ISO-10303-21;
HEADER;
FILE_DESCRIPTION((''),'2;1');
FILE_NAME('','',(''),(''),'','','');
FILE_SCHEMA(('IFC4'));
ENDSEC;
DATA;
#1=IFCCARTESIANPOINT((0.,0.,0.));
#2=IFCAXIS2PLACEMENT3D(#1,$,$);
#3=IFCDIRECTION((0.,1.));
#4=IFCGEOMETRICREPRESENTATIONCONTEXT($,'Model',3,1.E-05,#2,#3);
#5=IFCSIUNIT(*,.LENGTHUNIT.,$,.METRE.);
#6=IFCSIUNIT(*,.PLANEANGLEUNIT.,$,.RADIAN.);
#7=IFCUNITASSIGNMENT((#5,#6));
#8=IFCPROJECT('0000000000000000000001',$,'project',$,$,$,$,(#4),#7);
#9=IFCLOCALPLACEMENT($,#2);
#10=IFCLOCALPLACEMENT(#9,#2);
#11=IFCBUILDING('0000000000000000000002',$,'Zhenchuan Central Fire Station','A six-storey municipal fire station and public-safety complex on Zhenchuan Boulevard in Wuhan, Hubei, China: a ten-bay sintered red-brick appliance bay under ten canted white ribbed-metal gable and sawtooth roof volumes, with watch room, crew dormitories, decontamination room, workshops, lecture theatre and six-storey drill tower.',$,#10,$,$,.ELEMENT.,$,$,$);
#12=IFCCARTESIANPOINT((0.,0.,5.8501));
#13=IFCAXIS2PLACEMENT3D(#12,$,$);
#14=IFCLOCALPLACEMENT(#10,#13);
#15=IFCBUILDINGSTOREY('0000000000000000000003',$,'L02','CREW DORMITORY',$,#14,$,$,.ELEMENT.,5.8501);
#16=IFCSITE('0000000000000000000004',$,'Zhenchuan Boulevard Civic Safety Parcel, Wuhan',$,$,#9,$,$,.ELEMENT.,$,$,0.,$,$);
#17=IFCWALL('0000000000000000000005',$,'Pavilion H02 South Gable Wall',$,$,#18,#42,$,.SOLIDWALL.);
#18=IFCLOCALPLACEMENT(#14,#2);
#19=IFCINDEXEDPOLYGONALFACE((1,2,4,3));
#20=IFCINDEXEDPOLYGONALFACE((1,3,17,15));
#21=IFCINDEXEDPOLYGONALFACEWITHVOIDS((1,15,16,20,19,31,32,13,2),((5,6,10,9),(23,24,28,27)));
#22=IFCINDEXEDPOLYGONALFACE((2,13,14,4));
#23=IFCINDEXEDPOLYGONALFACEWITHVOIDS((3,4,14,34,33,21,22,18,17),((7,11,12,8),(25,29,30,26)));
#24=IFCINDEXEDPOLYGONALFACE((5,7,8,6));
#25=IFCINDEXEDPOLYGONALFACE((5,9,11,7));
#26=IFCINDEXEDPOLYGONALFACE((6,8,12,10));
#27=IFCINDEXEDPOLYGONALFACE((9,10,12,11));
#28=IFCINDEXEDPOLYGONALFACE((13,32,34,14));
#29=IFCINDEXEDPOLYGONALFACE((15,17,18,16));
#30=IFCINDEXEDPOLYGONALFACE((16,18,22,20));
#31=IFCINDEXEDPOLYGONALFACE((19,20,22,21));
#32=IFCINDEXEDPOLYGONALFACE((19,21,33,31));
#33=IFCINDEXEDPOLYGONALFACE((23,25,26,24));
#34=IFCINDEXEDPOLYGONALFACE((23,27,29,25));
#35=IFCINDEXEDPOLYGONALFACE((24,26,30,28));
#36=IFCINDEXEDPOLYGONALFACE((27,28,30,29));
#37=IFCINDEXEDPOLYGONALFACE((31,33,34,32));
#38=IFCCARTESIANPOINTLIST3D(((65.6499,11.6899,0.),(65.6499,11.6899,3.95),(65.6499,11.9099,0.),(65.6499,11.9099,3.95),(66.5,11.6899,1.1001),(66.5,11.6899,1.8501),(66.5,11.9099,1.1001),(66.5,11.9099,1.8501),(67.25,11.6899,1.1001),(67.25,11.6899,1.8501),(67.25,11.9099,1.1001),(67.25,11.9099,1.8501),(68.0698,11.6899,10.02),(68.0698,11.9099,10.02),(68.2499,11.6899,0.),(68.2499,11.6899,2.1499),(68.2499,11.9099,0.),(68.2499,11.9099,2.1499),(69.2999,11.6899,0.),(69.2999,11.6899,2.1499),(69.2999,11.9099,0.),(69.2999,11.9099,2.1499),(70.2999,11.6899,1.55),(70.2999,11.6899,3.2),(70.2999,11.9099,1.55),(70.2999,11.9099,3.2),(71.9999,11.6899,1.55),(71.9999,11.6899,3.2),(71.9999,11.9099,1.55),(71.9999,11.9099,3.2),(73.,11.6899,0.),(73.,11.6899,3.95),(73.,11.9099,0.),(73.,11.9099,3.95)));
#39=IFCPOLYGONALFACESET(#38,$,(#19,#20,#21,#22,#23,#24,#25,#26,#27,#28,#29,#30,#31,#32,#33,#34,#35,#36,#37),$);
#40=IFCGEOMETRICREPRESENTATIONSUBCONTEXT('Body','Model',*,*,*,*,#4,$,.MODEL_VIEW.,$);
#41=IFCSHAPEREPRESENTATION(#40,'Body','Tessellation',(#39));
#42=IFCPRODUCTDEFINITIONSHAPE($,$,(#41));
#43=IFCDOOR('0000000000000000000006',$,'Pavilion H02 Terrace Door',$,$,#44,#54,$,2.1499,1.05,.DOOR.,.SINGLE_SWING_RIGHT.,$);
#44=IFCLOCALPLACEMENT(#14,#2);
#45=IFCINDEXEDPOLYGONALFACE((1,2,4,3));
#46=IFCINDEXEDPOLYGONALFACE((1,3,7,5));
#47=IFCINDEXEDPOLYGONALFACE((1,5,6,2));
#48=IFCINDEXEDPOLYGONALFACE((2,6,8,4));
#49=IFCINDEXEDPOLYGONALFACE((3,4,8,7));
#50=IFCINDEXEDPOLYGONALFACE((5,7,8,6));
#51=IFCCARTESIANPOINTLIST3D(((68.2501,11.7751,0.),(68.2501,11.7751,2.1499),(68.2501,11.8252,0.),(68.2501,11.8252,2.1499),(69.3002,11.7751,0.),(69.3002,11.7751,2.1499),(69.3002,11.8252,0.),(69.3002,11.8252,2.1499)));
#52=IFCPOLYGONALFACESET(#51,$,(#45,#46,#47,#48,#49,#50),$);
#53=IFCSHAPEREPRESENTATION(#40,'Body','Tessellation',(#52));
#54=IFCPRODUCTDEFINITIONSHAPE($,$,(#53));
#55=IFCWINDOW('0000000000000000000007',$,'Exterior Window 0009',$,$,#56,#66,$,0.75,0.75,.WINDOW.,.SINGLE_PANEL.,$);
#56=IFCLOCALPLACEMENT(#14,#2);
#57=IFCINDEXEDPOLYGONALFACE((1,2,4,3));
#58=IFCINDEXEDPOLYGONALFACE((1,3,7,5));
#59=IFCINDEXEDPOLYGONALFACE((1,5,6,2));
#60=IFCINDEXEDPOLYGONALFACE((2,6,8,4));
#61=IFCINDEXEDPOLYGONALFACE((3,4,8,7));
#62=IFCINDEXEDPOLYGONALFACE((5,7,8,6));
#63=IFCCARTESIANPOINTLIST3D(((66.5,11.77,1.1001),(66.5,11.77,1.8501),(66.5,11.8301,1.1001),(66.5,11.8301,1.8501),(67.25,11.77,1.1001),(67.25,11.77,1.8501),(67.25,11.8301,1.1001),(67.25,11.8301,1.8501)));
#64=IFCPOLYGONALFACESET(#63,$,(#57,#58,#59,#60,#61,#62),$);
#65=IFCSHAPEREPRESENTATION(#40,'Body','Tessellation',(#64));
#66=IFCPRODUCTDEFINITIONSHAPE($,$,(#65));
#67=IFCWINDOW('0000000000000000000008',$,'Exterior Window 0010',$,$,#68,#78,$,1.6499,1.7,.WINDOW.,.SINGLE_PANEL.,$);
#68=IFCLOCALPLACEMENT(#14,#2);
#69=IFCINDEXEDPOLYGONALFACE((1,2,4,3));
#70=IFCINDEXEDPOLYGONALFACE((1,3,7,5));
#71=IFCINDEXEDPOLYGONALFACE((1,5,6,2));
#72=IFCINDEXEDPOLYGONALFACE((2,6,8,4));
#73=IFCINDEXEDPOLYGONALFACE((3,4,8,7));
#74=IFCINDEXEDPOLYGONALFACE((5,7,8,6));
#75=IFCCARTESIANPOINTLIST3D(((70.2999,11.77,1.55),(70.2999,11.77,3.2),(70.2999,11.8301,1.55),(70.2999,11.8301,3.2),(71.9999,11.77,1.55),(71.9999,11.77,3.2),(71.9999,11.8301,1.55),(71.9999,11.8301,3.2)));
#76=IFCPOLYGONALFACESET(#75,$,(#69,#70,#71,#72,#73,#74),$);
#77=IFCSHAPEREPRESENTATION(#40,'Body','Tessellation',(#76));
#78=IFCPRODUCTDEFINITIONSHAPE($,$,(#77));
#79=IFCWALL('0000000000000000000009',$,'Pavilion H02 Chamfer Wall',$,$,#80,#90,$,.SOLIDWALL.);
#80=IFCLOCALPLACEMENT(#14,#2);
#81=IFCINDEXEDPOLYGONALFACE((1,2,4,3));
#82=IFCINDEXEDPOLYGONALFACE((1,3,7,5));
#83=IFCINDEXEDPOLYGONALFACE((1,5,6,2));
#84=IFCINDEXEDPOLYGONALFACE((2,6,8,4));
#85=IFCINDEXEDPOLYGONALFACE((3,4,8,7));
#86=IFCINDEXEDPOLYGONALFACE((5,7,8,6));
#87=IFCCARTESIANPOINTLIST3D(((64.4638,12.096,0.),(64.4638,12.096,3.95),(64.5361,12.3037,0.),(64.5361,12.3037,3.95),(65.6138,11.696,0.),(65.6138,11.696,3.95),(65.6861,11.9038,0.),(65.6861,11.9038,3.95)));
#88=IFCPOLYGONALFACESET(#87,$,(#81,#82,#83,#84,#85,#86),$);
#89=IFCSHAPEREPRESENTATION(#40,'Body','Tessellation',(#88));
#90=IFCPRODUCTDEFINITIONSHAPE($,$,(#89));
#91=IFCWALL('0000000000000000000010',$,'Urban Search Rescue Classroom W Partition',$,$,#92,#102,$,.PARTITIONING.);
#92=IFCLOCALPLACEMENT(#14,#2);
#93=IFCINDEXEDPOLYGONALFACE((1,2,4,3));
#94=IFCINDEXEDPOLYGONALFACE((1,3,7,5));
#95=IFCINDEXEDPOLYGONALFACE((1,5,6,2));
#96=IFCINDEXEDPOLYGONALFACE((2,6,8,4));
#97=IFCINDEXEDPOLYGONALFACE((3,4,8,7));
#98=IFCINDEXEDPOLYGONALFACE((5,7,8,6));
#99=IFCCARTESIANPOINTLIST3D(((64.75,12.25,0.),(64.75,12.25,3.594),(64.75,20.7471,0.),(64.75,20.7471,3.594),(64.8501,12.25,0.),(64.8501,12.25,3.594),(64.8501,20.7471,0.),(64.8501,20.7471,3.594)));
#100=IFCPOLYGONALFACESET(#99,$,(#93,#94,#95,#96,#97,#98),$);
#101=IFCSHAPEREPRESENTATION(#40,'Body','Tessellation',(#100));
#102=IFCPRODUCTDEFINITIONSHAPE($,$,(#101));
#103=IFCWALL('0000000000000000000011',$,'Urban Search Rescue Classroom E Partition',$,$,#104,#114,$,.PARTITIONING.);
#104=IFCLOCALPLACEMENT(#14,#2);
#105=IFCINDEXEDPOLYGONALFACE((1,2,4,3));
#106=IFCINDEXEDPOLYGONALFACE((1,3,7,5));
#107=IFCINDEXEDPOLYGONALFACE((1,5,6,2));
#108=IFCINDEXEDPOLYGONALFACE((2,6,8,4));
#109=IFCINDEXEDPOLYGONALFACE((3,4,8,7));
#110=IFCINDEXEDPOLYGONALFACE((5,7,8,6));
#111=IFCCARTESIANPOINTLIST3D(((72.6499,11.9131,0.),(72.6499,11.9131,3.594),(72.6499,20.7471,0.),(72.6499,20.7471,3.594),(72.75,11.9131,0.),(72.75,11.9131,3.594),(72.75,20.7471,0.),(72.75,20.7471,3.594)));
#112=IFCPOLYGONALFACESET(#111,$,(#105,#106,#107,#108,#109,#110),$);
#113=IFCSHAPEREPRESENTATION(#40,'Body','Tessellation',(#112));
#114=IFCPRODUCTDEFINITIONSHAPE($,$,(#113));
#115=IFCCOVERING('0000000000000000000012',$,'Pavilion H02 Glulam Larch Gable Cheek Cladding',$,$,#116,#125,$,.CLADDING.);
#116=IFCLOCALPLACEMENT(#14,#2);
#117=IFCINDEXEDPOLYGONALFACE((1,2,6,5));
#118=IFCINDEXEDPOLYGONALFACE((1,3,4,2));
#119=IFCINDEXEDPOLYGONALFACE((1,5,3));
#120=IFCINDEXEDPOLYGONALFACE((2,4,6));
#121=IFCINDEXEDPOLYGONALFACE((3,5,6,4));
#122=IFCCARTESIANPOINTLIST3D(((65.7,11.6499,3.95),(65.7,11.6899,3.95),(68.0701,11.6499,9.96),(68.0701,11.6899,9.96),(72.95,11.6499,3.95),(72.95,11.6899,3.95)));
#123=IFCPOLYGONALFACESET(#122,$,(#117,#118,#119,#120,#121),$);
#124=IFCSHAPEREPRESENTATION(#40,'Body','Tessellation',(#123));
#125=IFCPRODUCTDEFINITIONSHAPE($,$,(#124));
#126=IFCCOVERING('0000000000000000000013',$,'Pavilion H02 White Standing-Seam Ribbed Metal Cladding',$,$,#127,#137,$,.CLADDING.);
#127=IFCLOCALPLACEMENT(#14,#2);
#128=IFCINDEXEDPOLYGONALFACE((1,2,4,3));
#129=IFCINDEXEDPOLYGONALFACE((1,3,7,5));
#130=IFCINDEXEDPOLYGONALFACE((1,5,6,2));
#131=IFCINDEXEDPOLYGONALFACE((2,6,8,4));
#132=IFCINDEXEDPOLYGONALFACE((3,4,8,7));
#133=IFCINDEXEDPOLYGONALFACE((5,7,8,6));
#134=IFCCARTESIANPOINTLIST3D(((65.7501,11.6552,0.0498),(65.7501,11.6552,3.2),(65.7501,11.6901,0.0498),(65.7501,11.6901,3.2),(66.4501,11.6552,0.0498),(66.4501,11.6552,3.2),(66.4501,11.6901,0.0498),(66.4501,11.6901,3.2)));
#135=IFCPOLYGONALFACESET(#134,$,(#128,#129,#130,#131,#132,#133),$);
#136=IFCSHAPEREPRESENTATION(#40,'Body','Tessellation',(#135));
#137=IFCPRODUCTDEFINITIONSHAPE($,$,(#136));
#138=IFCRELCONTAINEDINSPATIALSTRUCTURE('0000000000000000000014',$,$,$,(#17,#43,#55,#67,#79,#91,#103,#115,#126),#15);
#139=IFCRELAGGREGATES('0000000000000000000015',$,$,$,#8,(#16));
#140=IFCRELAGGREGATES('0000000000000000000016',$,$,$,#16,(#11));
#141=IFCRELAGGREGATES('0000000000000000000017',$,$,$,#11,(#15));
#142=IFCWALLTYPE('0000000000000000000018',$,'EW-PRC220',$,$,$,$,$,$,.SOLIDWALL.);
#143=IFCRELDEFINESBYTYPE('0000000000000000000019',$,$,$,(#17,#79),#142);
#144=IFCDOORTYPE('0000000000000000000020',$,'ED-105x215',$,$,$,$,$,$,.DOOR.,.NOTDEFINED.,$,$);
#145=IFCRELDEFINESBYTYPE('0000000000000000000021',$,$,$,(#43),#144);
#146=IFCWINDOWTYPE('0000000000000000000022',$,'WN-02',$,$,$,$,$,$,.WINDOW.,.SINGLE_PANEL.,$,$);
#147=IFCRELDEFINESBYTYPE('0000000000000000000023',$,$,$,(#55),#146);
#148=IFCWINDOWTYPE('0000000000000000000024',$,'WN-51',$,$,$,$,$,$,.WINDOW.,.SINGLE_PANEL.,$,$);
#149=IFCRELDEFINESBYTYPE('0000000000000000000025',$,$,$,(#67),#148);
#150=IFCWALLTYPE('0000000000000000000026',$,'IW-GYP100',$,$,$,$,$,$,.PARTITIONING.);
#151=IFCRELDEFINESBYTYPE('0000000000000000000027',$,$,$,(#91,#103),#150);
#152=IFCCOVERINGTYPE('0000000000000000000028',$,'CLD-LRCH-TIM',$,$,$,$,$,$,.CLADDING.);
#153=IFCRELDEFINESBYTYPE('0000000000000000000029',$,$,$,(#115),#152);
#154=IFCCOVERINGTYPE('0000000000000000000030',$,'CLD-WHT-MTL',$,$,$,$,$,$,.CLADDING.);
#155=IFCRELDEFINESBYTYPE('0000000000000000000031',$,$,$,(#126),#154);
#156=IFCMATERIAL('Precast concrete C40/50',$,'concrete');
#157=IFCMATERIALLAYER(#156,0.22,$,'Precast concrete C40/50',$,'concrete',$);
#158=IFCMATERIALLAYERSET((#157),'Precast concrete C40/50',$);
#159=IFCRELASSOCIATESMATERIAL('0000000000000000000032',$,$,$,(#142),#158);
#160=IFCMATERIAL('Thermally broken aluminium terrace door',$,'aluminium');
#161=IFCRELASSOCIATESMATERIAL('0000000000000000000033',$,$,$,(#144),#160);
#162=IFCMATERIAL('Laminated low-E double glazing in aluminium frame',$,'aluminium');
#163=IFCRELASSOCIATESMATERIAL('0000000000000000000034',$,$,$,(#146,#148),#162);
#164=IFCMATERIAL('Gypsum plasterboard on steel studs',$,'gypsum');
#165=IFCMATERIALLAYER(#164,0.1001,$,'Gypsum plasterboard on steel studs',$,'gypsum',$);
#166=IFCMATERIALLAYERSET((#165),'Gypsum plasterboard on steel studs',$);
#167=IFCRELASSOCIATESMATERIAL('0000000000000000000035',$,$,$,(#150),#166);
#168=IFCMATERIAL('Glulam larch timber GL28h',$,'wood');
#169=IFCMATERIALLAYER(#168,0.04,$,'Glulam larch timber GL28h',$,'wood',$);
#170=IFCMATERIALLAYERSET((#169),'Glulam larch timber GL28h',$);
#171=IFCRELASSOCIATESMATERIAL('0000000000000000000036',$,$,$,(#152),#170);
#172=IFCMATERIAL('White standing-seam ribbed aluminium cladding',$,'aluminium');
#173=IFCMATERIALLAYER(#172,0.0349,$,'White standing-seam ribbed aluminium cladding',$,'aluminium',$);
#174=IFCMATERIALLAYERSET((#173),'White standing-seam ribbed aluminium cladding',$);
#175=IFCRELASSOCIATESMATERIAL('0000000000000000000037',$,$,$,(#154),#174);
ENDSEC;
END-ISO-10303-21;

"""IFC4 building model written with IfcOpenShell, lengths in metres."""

from ifc_helpers import new_model, si_unit, direction, frame, frame_2d, origin, place, context, subcontext, project, spatial, polyline, rectangle, outline, extrude, material, layer, layer_set, type_object, element, fill, save


model = new_model("IFC4")

# Units and contexts
model_context = context("Model", 3, precision=1e-05, world=origin(), true_north=direction((0.0, 1.0)))
body_context = subcontext(model_context, "Body", "Model", "MODEL_VIEW")
ifc_project = project(units=[si_unit("LENGTHUNIT", "METRE"), si_unit("PLANEANGLEUNIT", "RADIAN")], contexts=[model_context])

# Site, building, storey
site_placement = place(None, origin())
site = spatial("IfcSite", under=ifc_project, at=site_placement, Name="Zhenchuan Boulevard Civic Safety Parcel, Wuhan", CompositionType="ELEMENT", RefElevation=0.0)
building_placement = place(site_placement, origin())
building = spatial("IfcBuilding", under=site, at=building_placement, Name="Zhenchuan Central Fire Station", Description="A six-storey municipal fire station and public-safety complex on Zhenchuan Boulevard in Wuhan, Hubei, China: a ten-bay sintered red-brick appliance bay under ten canted white ribbed-metal gable and sawtooth roof volumes, with watch room, crew dormitories, decontamination room, workshops, lecture theatre and six-storey drill tower.", CompositionType="ELEMENT")
storey_placement = place(building_placement, frame((0.0, 0.0, 5.8501)))
storey = spatial("IfcBuildingStorey", under=building, at=storey_placement, Name="L02", Description="CREW DORMITORY", CompositionType="ELEMENT", Elevation=5.8501)

# Wall, openings, door, windows
ifc_material_1 = material(Name="Precast concrete C40/50", Category="concrete")
ifc_layer_1 = layer(ifc_material_1, 0.22, Name="Precast concrete C40/50", Category="concrete")
ifc_layer_set_1 = layer_set([ifc_layer_1], Name="Precast concrete C40/50")
wall_type_1 = type_object("IfcWallType", Name="EW-PRC220", PredefinedType="SOLIDWALL", material=ifc_layer_set_1)
wall_1_placement = place(storey_placement, frame((65.6499, 11.8, 0.0), z_axis=(0.0, 0.0, 1.0), x_axis=(1.0, 0.0, 0.0)))
wall_1 = element("IfcWall", 1, at=wall_1_placement, inside=storey, type_object=wall_type_1, Name="Pavilion H02 South Gable Wall", PredefinedType="SOLIDWALL", context=body_context, shape_type="SweptSolid", body=[
    extrude(outline(polyline([(0.0, 0.0), (7.3501, 0.0), (7.3501, 3.95), (2.4199, 10.02), (0.0, 3.95), (0.0, 0.0)])), frame((0.0, 0.1099, 0.0), z_axis=(0.0, -1.0, 0.0), x_axis=(1.0, 0.0, 0.0)), (0.0, 0.0, 1.0), 0.22),
])
opening_1_placement = place(wall_1_placement, frame((2.6001, 0.0, 0.0)))
opening_1 = element("IfcOpeningElement", 2, at=opening_1_placement, cuts=wall_1, PredefinedType="OPENING", context=body_context, shape_type="SweptSolid", body=[
    extrude(rectangle(XDim=1.05, YDim=2.1499, at=frame_2d((0.5249, 1.075))), frame((0.0, 0.1199, 0.0), z_axis=(0.0, -1.0, 0.0), x_axis=(1.0, 0.0, 0.0)), (0.0, 0.0, 1.0), 0.24),
])
opening_2_placement = place(wall_1_placement, frame((0.8501, 0.0, 1.1001)))
opening_2 = element("IfcOpeningElement", 3, at=opening_2_placement, cuts=wall_1, PredefinedType="OPENING", context=body_context, shape_type="SweptSolid", body=[
    extrude(rectangle(XDim=0.75, YDim=0.75, at=frame_2d((0.375, 0.375))), frame((0.0, 0.1199, 0.0), z_axis=(0.0, -1.0, 0.0), x_axis=(1.0, 0.0, 0.0)), (0.0, 0.0, 1.0), 0.24),
])
opening_3_placement = place(wall_1_placement, frame((4.6499, 0.0, 1.55)))
opening_3 = element("IfcOpeningElement", 4, at=opening_3_placement, cuts=wall_1, PredefinedType="OPENING", context=body_context, shape_type="SweptSolid", body=[
    extrude(rectangle(XDim=1.7, YDim=1.6499, at=frame_2d((0.8501, 0.825))), frame((0.0, 0.1199, 0.0), z_axis=(0.0, -1.0, 0.0), x_axis=(1.0, 0.0, 0.0)), (0.0, 0.0, 1.0), 0.24),
])
ifc_material_2 = material(Name="Thermally broken aluminium terrace door", Category="aluminium")
door_type = type_object("IfcDoorType", Name="ED-105x215", OperationType="NOTDEFINED", PredefinedType="DOOR", material=ifc_material_2)
door_placement = place(opening_1_placement, frame((1.05, 0.0, 0.0), z_axis=(0.0, 0.0, 1.0), x_axis=(-1.0, 0.0, 0.0)))
door = element("IfcDoor", 5, at=door_placement, inside=storey, type_object=door_type, Name="Pavilion H02 Terrace Door", OperationType="SINGLE_SWING_RIGHT", OverallHeight=2.1499, OverallWidth=1.05, PredefinedType="DOOR", context=body_context, shape_type="SweptSolid", body=[
    extrude(rectangle(XDim=1.05, YDim=2.1499, at=frame_2d((0.5249, 1.075))), frame((0.0, 0.0249, 0.0), z_axis=(0.0, -1.0, 0.0), x_axis=(1.0, 0.0, 0.0)), (0.0, 0.0, 1.0), 0.05),
])
fill(opening_1, door)
ifc_material_3 = material(Name="Laminated low-E double glazing in aluminium frame", Category="aluminium")
window_type_1 = type_object("IfcWindowType", Name="WN-02", PartitioningType="SINGLE_PANEL", PredefinedType="WINDOW", material=ifc_material_3)
window_1_placement = place(opening_2_placement, origin())
window_1 = element("IfcWindow", 6, at=window_1_placement, inside=storey, type_object=window_type_1, Name="Exterior Window 0009", OverallHeight=0.75, OverallWidth=0.75, PartitioningType="SINGLE_PANEL", PredefinedType="WINDOW", context=body_context, shape_type="SweptSolid", body=[
    extrude(rectangle(XDim=0.75, YDim=0.75, at=frame_2d((0.375, 0.375))), frame((0.0, 0.03, 0.0), z_axis=(0.0, -1.0, 0.0), x_axis=(1.0, 0.0, 0.0)), (0.0, 0.0, 1.0), 0.0601),
])
fill(opening_2, window_1)
window_type_2 = type_object("IfcWindowType", Name="WN-51", PartitioningType="SINGLE_PANEL", PredefinedType="WINDOW", material=ifc_material_3)
window_2_placement = place(opening_3_placement, origin())
window_2 = element("IfcWindow", 7, at=window_2_placement, inside=storey, type_object=window_type_2, Name="Exterior Window 0010", OverallHeight=1.6499, OverallWidth=1.7, PartitioningType="SINGLE_PANEL", PredefinedType="WINDOW", context=body_context, shape_type="SweptSolid", body=[
    extrude(rectangle(XDim=1.7, YDim=1.6499, at=frame_2d((0.8501, 0.825))), frame((0.0, 0.03, 0.0), z_axis=(0.0, -1.0, 0.0), x_axis=(1.0, 0.0, 0.0)), (0.0, 0.0, 1.0), 0.0601),
])
fill(opening_3, window_2)

# Walls
wall_2_placement = place(storey_placement, frame((64.5, 12.2, 0.0), z_axis=(0.0, 0.0, 1.0), x_axis=(0.944513, -0.328474, 0.0)))
element("IfcWall", 8, at=wall_2_placement, inside=storey, type_object=wall_type_1, Name="Pavilion H02 Chamfer Wall", PredefinedType="SOLIDWALL", context=body_context, shape_type="SweptSolid", body=[
    extrude(outline(polyline([(0.0, 0.0), (1.2175, 0.0), (1.2175, 3.95), (0.0, 3.95), (0.0, 0.0)])), frame((0.0, 0.1099, 0.0), z_axis=(0.0, -1.0, 0.0), x_axis=(1.0, 0.0, 0.0)), (0.0, 0.0, 1.0), 0.22),
])
ifc_material_4 = material(Name="Gypsum plasterboard on steel studs", Category="gypsum")
ifc_layer_2 = layer(ifc_material_4, 0.1001, Name="Gypsum plasterboard on steel studs", Category="gypsum")
ifc_layer_set_2 = layer_set([ifc_layer_2], Name="Gypsum plasterboard on steel studs")
wall_type_2 = type_object("IfcWallType", Name="IW-GYP100", PredefinedType="PARTITIONING", material=ifc_layer_set_2)
wall_3_placement = place(storey_placement, frame((64.8, 12.25, 0.0), z_axis=(0.0, 0.0, 1.0), x_axis=(0.0, 1.0, 0.0)))
element("IfcWall", 9, at=wall_3_placement, inside=storey, type_object=wall_type_2, Name="Urban Search Rescue Classroom W Partition", PredefinedType="PARTITIONING", context=body_context, shape_type="SweptSolid", body=[
    extrude(rectangle(XDim=8.4971, YDim=0.1001, at=frame_2d((4.2485, 0.0))), origin(), (0.0, 0.0, 1.0), 3.594),
])
wall_4_placement = place(storey_placement, frame((72.7, 11.9131, 0.0), z_axis=(0.0, 0.0, 1.0), x_axis=(0.0, 1.0, 0.0)))
element("IfcWall", 10, at=wall_4_placement, inside=storey, type_object=wall_type_2, Name="Urban Search Rescue Classroom E Partition", PredefinedType="PARTITIONING", context=body_context, shape_type="SweptSolid", body=[
    extrude(rectangle(XDim=8.834, YDim=0.1001, at=frame_2d((4.417, 0.0))), origin(), (0.0, 0.0, 1.0), 3.594),
])

# Coverings
ifc_material_5 = material(Name="Glulam larch timber GL28h", Category="wood")
ifc_layer_3 = layer(ifc_material_5, 0.04, Name="Glulam larch timber GL28h", Category="wood")
ifc_layer_set_3 = layer_set([ifc_layer_3], Name="Glulam larch timber GL28h")
covering_type_1 = type_object("IfcCoveringType", Name="CLD-LRCH-TIM", PredefinedType="CLADDING", material=ifc_layer_set_3)
covering_1_placement = place(storey_placement, frame((65.7, 11.6699, 3.95), z_axis=(0.0, 0.0, 1.0), x_axis=(1.0, 0.0, 0.0)))
element("IfcCovering", 11, at=covering_1_placement, inside=storey, type_object=covering_type_1, Name="Pavilion H02 Glulam Larch Gable Cheek Cladding", PredefinedType="CLADDING", context=body_context, shape_type="SweptSolid", body=[
    extrude(outline(polyline([(0.0, 0.0), (7.25, 0.0), (7.25, 0.0), (2.3701, 6.01), (0.0, 0.0), (0.0, 0.0)])), frame((0.0, 0.02, 0.0), z_axis=(0.0, -1.0, 0.0), x_axis=(1.0, 0.0, 0.0)), (0.0, 0.0, 1.0), 0.04),
])
ifc_material_6 = material(Name="White standing-seam ribbed aluminium cladding", Category="aluminium")
ifc_layer_4 = layer(ifc_material_6, 0.0349, Name="White standing-seam ribbed aluminium cladding", Category="aluminium")
ifc_layer_set_4 = layer_set([ifc_layer_4], Name="White standing-seam ribbed aluminium cladding")
covering_type_2 = type_object("IfcCoveringType", Name="CLD-WHT-MTL", PredefinedType="CLADDING", material=ifc_layer_set_4)
covering_2_placement = place(storey_placement, frame((65.75, 11.6726, 0.0498), z_axis=(0.0, 0.0, 1.0), x_axis=(1.0, 0.0, 0.0)))
element("IfcCovering", 12, at=covering_2_placement, inside=storey, type_object=covering_type_2, Name="Pavilion H02 White Standing-Seam Ribbed Metal Cladding", PredefinedType="CLADDING", context=body_context, shape_type="SweptSolid", body=[
    extrude(rectangle(XDim=0.7, YDim=0.0349, at=frame_2d((0.3501, 0.0))), origin(), (0.0, 0.0, 1.0), 3.1501),
])

save(model, "model.ifc")
